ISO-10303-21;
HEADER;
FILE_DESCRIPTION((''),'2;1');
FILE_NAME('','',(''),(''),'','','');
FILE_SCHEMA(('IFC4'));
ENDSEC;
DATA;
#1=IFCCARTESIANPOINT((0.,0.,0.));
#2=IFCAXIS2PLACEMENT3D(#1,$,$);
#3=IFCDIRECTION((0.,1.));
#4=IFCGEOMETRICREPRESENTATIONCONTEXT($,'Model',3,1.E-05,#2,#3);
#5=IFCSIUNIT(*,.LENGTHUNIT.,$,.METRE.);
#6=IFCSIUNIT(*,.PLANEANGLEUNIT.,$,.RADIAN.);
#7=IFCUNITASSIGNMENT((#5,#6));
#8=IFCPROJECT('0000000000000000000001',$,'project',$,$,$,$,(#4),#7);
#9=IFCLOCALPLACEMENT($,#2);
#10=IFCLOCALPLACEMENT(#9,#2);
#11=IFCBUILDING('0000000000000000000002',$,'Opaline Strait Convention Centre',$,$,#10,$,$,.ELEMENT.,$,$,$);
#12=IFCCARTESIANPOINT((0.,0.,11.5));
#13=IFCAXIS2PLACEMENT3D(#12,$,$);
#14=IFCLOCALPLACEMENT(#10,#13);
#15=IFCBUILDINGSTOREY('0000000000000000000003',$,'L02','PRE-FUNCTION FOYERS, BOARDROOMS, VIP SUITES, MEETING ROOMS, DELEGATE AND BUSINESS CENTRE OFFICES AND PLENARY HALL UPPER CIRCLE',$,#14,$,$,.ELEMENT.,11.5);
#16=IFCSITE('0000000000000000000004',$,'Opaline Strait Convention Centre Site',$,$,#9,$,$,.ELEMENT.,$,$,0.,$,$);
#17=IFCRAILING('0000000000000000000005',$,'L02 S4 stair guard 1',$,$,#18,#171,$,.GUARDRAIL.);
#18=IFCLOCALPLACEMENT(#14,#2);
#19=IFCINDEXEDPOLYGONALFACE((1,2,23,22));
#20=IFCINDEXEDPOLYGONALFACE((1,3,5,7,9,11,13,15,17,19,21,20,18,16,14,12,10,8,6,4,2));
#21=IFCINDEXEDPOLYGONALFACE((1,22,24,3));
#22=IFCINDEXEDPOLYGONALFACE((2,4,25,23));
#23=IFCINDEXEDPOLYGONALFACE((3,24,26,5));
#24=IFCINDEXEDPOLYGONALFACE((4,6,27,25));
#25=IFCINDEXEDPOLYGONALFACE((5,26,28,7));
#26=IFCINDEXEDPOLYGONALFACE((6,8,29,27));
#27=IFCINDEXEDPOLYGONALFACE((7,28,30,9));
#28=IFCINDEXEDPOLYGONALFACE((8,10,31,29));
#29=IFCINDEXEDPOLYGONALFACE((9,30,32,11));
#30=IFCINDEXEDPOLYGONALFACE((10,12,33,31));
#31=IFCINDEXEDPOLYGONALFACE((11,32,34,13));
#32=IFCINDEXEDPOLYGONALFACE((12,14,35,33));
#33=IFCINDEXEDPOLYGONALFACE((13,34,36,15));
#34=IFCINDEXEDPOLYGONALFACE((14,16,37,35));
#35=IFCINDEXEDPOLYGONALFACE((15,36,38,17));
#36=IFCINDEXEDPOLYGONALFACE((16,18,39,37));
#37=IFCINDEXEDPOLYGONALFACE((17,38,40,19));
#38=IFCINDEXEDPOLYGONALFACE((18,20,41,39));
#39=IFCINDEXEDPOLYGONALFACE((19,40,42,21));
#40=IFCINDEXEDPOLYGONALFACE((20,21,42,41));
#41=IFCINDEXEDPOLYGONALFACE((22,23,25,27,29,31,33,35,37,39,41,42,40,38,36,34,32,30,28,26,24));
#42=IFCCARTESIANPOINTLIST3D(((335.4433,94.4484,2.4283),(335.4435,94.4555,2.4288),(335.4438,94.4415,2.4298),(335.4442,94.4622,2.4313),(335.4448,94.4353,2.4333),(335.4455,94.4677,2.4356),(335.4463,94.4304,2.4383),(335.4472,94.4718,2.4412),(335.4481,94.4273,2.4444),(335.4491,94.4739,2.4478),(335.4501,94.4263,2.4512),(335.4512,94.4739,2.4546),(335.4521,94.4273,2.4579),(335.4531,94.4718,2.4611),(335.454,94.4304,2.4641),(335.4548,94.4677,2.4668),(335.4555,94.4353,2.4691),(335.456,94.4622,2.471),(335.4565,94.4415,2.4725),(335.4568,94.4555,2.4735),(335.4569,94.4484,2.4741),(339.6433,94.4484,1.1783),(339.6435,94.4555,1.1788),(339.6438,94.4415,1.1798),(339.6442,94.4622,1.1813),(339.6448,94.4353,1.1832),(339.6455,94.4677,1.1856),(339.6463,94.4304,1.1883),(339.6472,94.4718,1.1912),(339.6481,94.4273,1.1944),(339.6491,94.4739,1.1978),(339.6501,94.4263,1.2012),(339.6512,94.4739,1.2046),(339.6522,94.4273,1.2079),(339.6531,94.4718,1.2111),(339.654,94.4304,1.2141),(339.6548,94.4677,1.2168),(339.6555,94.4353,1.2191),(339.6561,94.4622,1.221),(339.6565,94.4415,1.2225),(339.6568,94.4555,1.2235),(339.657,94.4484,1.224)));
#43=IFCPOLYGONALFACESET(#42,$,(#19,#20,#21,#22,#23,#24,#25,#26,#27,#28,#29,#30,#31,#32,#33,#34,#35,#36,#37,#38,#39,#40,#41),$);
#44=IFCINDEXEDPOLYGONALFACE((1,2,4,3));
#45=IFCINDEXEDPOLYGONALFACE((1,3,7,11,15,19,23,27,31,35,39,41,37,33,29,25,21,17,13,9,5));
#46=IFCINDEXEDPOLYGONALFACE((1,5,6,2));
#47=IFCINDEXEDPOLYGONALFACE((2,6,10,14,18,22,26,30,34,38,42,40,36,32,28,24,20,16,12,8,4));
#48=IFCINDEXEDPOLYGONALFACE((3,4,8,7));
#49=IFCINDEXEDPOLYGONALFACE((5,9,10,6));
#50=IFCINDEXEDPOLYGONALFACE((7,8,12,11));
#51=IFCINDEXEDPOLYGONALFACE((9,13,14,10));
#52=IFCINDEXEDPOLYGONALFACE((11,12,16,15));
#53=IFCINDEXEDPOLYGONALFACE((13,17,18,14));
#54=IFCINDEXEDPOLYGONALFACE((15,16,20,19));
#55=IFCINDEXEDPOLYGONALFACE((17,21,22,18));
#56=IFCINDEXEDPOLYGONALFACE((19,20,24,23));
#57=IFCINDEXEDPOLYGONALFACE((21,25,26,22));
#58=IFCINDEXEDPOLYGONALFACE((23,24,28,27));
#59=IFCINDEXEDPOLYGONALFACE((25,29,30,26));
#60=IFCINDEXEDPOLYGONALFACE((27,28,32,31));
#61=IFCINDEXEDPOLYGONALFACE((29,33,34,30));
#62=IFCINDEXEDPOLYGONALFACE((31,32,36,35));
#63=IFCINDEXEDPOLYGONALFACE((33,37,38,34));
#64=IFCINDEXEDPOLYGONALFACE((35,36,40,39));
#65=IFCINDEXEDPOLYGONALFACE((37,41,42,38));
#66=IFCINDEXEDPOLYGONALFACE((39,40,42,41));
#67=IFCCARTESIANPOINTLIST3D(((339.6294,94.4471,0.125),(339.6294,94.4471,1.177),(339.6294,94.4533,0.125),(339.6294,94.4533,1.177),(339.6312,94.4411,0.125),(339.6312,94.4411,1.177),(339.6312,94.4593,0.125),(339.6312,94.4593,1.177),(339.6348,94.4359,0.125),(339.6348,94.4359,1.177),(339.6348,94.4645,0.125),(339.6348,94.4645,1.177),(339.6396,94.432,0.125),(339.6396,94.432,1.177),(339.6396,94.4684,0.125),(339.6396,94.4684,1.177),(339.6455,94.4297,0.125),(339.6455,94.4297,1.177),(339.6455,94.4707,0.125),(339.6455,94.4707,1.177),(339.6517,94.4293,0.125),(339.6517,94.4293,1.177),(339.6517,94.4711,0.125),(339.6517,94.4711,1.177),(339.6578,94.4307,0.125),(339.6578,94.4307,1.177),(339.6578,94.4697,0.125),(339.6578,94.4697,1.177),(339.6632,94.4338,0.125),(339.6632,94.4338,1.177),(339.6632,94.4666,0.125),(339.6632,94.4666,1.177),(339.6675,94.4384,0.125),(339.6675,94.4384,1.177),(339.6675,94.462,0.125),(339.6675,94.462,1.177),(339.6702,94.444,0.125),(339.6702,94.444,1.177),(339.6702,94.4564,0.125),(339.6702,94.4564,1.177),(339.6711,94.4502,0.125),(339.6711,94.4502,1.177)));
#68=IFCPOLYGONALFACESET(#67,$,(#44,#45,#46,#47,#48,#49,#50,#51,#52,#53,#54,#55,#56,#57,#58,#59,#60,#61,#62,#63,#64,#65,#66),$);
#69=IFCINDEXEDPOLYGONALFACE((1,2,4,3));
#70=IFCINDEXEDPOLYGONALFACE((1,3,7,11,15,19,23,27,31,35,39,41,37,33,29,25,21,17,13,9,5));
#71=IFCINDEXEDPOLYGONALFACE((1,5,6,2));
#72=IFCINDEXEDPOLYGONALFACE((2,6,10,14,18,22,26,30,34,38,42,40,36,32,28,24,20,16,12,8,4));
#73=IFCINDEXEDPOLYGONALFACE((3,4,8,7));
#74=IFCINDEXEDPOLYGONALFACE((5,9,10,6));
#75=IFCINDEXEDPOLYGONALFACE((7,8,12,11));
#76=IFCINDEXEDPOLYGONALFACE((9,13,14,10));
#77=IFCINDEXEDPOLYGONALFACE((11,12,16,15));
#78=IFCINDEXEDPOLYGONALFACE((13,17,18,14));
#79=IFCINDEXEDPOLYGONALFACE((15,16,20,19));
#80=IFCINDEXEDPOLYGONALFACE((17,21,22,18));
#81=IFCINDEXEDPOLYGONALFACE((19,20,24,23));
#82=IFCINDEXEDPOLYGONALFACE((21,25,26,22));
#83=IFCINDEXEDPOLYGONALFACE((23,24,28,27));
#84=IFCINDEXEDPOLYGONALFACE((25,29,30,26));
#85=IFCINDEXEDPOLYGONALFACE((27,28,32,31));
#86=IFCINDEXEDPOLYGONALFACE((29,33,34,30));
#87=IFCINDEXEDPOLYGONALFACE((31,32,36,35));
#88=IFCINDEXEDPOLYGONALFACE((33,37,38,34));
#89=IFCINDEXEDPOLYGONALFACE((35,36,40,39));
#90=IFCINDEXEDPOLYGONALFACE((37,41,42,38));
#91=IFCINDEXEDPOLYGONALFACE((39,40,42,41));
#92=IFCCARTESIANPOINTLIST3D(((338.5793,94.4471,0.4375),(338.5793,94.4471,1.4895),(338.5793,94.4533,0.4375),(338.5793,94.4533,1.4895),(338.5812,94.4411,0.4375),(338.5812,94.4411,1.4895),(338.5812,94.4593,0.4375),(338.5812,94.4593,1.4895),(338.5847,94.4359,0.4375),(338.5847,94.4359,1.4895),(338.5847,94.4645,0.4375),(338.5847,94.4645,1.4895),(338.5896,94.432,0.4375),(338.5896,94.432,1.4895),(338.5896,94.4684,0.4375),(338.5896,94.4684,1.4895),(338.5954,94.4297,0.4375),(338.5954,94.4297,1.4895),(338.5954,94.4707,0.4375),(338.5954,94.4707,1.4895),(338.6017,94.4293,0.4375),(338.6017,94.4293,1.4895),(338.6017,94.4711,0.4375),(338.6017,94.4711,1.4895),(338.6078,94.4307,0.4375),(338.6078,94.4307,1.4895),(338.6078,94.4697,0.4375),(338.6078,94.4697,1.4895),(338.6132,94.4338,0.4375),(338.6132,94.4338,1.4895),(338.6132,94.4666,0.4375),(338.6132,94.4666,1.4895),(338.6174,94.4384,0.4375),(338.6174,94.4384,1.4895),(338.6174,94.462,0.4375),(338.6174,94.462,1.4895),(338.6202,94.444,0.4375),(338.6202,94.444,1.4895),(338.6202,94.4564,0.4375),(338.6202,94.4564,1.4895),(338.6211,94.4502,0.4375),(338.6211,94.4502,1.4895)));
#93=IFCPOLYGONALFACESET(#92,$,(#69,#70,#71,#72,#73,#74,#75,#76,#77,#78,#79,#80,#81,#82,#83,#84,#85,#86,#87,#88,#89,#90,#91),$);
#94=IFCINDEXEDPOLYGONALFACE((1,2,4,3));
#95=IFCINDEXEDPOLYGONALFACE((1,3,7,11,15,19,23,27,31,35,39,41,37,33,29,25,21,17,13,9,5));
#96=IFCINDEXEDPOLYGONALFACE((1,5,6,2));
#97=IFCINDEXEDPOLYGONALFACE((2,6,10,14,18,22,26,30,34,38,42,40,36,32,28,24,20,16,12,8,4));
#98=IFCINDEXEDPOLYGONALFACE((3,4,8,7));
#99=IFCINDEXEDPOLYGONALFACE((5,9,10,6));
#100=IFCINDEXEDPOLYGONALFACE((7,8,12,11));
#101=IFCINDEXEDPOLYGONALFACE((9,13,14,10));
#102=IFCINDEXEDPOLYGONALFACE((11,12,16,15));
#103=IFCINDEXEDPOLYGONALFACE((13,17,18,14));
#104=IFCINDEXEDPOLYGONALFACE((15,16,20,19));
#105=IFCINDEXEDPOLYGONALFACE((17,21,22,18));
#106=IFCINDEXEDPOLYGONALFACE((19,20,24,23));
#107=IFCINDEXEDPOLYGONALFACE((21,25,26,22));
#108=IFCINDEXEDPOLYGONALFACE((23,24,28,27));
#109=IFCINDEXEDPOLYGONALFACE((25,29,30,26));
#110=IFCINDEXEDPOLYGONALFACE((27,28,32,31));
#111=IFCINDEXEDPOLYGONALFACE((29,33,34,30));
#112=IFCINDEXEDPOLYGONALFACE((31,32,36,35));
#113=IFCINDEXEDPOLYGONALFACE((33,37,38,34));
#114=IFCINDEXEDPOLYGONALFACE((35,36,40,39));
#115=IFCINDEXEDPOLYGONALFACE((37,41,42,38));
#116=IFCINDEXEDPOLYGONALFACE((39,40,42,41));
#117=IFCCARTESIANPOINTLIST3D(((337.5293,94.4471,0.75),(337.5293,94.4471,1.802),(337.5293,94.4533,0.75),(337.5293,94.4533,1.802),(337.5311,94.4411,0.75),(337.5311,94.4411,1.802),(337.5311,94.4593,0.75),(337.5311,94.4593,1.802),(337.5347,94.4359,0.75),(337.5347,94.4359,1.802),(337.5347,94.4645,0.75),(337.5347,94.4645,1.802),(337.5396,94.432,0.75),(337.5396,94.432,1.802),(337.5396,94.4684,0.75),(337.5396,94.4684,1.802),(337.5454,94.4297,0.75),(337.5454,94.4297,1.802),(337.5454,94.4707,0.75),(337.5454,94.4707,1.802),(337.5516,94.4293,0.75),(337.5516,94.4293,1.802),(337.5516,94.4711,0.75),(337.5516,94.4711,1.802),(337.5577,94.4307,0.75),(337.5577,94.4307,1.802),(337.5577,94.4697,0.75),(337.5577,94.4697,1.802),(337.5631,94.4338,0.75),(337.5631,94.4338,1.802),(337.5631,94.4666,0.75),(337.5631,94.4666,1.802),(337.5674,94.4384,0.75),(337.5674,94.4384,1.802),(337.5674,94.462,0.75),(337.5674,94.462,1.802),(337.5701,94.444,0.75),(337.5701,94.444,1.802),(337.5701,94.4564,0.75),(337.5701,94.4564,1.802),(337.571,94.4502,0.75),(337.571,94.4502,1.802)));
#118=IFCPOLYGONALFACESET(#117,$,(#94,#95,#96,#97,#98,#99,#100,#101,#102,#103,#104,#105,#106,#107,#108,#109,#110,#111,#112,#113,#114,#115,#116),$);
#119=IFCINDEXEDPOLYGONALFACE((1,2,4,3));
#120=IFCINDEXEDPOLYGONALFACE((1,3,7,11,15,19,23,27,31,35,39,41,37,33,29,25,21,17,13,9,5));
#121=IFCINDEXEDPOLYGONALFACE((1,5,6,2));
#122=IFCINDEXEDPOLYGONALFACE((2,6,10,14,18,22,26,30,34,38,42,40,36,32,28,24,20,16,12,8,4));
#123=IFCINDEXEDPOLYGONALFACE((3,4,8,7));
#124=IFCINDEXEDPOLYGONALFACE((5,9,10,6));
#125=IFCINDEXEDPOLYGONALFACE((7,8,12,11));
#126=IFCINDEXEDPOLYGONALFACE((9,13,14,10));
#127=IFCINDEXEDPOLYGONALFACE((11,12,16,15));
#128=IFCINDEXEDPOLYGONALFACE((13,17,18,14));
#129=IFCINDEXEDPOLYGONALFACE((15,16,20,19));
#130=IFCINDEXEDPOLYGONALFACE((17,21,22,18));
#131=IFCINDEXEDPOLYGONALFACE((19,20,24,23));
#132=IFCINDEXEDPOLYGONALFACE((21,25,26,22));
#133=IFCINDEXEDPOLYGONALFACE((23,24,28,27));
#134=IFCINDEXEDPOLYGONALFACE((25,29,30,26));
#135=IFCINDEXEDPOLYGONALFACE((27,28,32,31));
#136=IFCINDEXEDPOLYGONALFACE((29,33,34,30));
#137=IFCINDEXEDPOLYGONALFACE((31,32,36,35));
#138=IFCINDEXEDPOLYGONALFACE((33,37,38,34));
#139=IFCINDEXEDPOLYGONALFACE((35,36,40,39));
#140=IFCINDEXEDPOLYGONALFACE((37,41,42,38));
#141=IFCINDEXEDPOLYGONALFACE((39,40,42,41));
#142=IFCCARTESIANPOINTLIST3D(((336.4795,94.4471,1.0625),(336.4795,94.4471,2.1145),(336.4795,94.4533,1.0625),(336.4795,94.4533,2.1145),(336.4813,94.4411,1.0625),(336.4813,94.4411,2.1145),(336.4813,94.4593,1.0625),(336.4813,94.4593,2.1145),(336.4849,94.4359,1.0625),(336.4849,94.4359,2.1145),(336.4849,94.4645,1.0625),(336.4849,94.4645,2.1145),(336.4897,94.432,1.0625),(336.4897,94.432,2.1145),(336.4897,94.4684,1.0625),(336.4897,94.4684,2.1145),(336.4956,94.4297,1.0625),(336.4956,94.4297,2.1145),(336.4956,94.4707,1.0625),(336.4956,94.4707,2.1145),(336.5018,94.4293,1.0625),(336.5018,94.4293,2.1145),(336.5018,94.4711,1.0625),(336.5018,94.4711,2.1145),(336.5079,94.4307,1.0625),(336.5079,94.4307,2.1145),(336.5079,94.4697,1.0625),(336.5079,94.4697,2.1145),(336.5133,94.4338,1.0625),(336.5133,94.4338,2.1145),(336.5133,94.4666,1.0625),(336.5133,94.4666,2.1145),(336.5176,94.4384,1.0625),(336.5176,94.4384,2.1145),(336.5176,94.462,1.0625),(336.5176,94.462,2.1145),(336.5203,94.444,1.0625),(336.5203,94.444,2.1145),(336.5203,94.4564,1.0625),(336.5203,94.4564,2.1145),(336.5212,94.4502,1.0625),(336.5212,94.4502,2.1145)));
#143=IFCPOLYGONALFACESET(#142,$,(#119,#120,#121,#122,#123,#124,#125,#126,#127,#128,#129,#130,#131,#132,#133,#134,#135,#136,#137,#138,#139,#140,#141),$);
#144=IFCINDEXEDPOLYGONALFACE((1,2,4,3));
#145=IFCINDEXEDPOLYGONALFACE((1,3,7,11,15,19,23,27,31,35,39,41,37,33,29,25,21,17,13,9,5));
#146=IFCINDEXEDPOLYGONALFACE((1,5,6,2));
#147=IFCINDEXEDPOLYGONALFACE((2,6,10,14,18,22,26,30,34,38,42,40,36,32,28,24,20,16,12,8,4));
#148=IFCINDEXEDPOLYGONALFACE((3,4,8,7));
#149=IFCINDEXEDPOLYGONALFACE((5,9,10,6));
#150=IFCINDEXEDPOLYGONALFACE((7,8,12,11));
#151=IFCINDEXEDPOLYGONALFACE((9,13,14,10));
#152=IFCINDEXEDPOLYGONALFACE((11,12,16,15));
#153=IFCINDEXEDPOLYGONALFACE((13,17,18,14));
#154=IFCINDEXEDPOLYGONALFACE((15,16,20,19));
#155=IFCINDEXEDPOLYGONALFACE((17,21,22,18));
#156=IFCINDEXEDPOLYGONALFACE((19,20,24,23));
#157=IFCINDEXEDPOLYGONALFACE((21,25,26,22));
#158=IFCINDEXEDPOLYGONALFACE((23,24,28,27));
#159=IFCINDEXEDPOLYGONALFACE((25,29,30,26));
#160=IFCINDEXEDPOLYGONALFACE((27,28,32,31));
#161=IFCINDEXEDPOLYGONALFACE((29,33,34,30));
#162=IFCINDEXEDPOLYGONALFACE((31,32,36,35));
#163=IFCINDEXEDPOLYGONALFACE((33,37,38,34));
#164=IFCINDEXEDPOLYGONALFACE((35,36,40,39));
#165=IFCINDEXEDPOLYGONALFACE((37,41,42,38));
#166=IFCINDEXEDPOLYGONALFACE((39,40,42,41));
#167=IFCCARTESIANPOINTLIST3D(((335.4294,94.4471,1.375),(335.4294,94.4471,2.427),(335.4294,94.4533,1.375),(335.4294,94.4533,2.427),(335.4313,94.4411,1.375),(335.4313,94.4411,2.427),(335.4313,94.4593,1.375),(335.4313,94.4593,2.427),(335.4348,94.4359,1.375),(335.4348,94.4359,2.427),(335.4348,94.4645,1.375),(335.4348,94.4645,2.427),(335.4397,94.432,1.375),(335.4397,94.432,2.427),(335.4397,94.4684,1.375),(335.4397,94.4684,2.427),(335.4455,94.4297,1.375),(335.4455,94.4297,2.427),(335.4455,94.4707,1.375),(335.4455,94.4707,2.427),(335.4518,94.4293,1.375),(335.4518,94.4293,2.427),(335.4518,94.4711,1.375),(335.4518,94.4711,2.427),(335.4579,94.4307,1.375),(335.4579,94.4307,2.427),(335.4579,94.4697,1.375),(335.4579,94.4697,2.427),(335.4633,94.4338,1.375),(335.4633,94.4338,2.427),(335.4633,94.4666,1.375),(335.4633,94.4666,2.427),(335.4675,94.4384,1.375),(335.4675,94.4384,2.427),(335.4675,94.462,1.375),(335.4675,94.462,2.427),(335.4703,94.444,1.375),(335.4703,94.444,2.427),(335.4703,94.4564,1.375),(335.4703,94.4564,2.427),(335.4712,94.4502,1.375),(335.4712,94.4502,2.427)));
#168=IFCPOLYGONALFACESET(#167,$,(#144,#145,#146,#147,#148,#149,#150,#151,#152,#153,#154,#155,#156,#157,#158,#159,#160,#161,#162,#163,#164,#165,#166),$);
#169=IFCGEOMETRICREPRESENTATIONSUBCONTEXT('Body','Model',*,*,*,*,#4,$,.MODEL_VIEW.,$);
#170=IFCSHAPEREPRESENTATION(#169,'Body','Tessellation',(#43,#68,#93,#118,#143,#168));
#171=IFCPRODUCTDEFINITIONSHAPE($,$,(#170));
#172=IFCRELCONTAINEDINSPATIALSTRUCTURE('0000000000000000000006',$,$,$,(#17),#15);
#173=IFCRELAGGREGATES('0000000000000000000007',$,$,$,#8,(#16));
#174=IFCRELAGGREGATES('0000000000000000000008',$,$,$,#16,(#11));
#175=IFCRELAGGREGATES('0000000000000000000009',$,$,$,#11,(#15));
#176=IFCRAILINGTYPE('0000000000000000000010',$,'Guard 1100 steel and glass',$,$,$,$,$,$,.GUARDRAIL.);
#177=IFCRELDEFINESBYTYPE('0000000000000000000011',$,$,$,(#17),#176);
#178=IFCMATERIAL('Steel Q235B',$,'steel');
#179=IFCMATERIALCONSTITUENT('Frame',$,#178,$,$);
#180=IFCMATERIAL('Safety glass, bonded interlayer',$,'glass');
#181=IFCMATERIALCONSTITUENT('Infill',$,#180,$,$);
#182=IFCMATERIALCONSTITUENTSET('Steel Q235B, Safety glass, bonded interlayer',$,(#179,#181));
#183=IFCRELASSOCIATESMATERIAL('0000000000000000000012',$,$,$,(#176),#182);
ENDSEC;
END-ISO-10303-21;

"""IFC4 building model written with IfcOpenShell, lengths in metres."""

from ifc_helpers import new_model, si_unit, direction, frame, origin, origin_2d, place, context, subcontext, project, spatial, circle, extrude, material, constituent, constituent_set, type_object, element, save


model = new_model("IFC4")

# Units and contexts
model_context = context("Model", 3, precision=1e-05, world=origin(), true_north=direction((0.0, 1.0)))
body_context = subcontext(model_context, "Body", "Model", "MODEL_VIEW")
ifc_project = project(units=[si_unit("LENGTHUNIT", "METRE"), si_unit("PLANEANGLEUNIT", "RADIAN")], contexts=[model_context])

# Site, building, storey
site_placement = place(None, origin())
site = spatial("IfcSite", under=ifc_project, at=site_placement, Name="Opaline Strait Convention Centre Site", CompositionType="ELEMENT", RefElevation=0.0)
building_placement = place(site_placement, origin())
building = spatial("IfcBuilding", under=site, at=building_placement, Name="Opaline Strait Convention Centre", CompositionType="ELEMENT")
storey_placement = place(building_placement, frame((0.0, 0.0, 11.5)))
storey = spatial("IfcBuildingStorey", under=building, at=storey_placement, Name="L02", Description="PRE-FUNCTION FOYERS, BOARDROOMS, VIP SUITES, MEETING ROOMS, DELEGATE AND BUSINESS CENTRE OFFICES AND PLENARY HALL UPPER CIRCLE", CompositionType="ELEMENT", Elevation=11.5)

# Shared definitions
ifc_material_1 = material(Name="Steel Q235B", Category="steel")

# Railing
ifc_constituent_1 = constituent(ifc_material_1, Name="Frame")
ifc_material_2 = material(Name="Safety glass, bonded interlayer", Category="glass")
ifc_constituent_2 = constituent(ifc_material_2, Name="Infill")
ifc_constituent_set = constituent_set(constituents=[ifc_constituent_1, ifc_constituent_2], Name="Steel Q235B, Safety glass, bonded interlayer")
railing_type_1 = type_object("IfcRailingType", Name="Guard 1100 steel and glass", PredefinedType="GUARDRAIL", material=ifc_constituent_set)
railing_1_placement = place(storey_placement, frame((339.6501, 94.4502, 0.125)))
element("IfcRailing", 1, at=railing_1_placement, inside=storey, type_object=railing_type_1, Name="L02 S4 stair guard 1", PredefinedType="GUARDRAIL", context=body_context, shape_type="SweptSolid", body=[
    extrude(circle(Radius=0.0239, at=origin_2d()), frame((0.0, 0.0, 1.0762), z_axis=(-0.958451, 0.0, 0.285257), x_axis=(0.0, -1.0, 0.0)), (0.0, 0.0, 1.0), 4.3821),
    extrude(circle(Radius=0.021, at=origin_2d()), origin(), (0.0, 0.0, 1.0), 1.052),
    extrude(circle(Radius=0.021, at=origin_2d()), frame((-1.05, 0.0, 0.3125)), (0.0, 0.0, 1.0), 1.052),
    extrude(circle(Radius=0.021, at=origin_2d()), frame((-2.1001, 0.0, 0.625)), (0.0, 0.0, 1.0), 1.052),
    extrude(circle(Radius=0.021, at=origin_2d()), frame((-3.1499, 0.0, 0.9375)), (0.0, 0.0, 1.0), 1.052),
    extrude(circle(Radius=0.021, at=origin_2d()), frame((-4.2, 0.0, 1.25)), (0.0, 0.0, 1.0), 1.052),
])

save(model, "model.ifc")
